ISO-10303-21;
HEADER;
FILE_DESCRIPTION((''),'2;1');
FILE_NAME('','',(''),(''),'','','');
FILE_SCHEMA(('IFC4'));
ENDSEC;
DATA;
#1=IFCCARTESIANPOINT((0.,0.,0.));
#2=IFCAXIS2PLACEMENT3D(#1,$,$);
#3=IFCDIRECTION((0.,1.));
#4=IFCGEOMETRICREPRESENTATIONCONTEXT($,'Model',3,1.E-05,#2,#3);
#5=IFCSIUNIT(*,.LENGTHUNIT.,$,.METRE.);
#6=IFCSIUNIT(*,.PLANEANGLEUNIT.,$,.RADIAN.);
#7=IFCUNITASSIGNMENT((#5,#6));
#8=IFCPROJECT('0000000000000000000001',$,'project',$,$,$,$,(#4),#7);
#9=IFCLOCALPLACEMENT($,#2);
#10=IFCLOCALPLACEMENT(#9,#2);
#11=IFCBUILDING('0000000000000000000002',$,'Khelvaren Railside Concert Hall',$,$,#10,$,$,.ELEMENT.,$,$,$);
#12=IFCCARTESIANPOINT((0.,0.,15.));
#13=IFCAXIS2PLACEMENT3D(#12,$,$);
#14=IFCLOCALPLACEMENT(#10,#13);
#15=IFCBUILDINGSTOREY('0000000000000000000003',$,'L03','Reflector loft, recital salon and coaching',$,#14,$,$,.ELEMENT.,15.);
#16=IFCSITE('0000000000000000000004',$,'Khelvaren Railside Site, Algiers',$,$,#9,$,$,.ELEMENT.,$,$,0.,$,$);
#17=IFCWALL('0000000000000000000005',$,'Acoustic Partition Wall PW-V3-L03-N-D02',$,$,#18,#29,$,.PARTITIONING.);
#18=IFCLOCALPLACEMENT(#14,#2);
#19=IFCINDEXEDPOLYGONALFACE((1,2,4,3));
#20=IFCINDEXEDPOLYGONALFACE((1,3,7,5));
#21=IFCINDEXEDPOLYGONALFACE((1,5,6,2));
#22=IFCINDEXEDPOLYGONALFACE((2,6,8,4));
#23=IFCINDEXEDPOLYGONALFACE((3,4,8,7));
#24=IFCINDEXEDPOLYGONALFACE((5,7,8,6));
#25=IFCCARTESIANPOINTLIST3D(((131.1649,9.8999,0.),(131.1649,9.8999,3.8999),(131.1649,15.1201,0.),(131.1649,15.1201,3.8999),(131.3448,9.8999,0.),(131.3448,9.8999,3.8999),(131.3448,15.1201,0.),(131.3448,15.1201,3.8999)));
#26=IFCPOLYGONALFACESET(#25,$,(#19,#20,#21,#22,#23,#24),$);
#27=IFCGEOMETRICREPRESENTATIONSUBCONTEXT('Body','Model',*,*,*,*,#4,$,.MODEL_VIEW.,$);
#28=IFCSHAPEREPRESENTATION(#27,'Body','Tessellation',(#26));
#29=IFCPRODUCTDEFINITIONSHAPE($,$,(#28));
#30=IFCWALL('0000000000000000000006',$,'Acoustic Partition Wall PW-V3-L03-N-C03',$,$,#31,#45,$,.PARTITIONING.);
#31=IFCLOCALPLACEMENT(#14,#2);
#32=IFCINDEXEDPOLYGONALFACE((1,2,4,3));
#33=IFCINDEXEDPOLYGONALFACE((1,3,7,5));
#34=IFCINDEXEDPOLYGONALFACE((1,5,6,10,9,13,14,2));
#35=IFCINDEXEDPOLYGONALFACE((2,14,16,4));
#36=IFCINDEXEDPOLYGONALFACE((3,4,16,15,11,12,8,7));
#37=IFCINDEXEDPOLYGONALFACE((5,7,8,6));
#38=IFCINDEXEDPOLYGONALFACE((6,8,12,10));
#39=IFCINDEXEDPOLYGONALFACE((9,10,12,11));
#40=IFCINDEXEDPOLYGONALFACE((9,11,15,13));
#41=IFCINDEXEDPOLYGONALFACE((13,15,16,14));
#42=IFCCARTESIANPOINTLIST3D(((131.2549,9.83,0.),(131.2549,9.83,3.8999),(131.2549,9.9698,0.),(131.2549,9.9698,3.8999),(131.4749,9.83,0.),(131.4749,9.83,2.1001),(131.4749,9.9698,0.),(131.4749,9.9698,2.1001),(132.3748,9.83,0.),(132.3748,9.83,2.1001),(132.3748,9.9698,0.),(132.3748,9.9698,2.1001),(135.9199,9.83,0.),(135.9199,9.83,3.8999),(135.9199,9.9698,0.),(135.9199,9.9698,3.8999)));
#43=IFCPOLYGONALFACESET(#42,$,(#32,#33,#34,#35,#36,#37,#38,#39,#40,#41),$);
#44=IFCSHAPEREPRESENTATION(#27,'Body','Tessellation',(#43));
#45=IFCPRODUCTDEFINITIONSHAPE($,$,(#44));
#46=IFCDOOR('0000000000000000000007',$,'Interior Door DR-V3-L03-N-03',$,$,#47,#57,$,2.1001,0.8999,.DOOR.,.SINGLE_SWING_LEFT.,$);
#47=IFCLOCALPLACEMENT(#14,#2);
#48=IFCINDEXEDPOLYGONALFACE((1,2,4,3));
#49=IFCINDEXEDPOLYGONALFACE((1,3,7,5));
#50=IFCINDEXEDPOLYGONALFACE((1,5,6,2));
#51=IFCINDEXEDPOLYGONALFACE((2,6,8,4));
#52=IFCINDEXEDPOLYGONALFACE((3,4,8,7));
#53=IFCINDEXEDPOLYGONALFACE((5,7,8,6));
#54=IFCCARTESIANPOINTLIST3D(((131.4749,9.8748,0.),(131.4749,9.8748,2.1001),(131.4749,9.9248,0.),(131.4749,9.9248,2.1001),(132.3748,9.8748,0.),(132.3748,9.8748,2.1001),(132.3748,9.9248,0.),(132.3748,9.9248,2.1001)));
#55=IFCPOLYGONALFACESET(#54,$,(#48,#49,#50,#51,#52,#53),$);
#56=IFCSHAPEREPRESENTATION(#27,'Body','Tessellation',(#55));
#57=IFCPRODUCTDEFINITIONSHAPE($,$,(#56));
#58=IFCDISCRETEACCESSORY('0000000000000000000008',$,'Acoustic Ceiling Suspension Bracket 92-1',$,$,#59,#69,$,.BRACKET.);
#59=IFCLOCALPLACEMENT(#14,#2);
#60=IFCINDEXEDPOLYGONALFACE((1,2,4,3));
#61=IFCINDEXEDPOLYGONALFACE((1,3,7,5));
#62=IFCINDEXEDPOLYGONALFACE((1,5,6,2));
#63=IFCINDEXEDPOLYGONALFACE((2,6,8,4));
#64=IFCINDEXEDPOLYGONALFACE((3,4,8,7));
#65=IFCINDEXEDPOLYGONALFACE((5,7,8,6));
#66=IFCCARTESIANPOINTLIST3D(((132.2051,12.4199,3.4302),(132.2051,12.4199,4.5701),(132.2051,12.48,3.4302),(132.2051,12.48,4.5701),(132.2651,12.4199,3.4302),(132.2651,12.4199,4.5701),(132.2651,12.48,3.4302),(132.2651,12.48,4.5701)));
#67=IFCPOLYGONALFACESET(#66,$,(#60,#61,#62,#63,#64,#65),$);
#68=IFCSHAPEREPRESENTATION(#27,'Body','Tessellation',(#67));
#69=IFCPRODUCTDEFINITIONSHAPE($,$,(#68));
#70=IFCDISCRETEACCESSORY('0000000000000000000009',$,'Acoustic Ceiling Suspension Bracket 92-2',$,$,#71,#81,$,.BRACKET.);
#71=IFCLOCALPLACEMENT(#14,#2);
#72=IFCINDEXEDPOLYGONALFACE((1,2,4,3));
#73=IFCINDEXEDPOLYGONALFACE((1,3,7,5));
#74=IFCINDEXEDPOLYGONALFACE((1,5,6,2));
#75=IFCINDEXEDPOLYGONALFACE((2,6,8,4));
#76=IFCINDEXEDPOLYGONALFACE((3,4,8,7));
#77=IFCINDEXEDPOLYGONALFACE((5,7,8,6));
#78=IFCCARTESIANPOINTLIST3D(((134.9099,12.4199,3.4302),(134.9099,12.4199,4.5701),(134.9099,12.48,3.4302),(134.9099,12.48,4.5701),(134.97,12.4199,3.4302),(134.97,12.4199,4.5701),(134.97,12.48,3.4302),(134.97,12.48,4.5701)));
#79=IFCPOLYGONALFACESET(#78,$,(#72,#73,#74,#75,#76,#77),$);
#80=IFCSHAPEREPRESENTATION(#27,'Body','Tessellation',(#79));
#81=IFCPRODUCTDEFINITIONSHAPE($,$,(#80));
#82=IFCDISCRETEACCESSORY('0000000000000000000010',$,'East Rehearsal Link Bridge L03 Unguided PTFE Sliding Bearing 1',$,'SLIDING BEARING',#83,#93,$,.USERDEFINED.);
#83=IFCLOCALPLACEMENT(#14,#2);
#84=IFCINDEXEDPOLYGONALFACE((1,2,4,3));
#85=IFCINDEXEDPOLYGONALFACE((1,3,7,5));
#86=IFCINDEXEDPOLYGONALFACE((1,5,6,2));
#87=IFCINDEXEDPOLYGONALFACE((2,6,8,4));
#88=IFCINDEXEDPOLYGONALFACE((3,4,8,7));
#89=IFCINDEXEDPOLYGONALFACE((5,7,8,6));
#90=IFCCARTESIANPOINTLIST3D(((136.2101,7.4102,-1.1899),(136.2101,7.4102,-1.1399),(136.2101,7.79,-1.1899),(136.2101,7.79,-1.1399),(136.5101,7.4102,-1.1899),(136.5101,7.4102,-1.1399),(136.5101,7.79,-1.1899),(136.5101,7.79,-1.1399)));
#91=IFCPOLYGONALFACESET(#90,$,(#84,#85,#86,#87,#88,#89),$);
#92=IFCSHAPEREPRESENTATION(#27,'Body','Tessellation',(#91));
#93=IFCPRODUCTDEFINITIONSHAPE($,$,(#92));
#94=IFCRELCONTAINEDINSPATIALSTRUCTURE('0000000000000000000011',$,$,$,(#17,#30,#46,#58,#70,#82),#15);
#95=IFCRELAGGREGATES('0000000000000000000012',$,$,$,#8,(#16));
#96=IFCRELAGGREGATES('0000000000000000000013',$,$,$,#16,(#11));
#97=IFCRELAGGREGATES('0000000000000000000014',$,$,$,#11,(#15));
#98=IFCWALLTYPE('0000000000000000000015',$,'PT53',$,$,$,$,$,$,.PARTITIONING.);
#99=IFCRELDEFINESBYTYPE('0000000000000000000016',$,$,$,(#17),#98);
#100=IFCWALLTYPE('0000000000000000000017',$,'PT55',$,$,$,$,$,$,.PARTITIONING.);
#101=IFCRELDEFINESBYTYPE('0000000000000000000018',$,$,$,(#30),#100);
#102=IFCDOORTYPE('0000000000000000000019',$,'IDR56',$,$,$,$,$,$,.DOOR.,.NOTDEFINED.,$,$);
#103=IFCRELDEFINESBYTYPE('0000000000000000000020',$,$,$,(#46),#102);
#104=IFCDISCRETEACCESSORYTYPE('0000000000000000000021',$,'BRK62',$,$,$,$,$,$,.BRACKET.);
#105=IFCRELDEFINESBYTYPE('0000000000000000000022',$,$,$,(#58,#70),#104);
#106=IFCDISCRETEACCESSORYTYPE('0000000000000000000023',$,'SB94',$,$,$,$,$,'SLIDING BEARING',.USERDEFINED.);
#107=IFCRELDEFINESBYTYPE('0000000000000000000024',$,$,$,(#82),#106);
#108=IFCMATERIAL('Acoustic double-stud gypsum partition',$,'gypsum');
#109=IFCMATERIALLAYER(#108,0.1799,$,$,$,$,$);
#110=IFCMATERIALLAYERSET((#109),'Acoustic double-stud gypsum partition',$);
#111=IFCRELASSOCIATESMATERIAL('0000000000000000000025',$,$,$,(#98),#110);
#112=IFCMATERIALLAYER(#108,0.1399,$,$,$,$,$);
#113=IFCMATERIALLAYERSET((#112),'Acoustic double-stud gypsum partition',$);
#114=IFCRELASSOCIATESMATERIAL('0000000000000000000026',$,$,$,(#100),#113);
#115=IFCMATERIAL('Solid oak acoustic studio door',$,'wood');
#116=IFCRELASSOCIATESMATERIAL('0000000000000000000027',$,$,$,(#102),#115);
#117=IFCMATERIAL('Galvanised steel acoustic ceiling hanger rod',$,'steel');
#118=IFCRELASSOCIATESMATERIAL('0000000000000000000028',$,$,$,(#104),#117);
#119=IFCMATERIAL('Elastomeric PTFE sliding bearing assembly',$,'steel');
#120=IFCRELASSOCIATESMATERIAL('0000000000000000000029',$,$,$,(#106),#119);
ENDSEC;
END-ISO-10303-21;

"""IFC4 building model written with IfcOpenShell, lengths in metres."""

from ifc_helpers import new_model, si_unit, direction, frame, frame_2d, origin, origin_2d, place, context, subcontext, project, spatial, rectangle, extrude, material, layer, layer_set, type_object, element, fill, save


model = new_model("IFC4")

# Units and contexts
model_context = context("Model", 3, precision=1e-05, world=origin(), true_north=direction((0.0, 1.0)))
body_context = subcontext(model_context, "Body", "Model", "MODEL_VIEW")
ifc_project = project(units=[si_unit("LENGTHUNIT", "METRE"), si_unit("PLANEANGLEUNIT", "RADIAN")], contexts=[model_context])

# Site, building, storey
site_placement = place(None, origin())
site = spatial("IfcSite", under=ifc_project, at=site_placement, Name="Khelvaren Railside Site, Algiers", CompositionType="ELEMENT", RefElevation=0.0)
building_placement = place(site_placement, origin())
building = spatial("IfcBuilding", under=site, at=building_placement, Name="Khelvaren Railside Concert Hall", CompositionType="ELEMENT")
storey_placement = place(building_placement, frame((0.0, 0.0, 15.0)))
storey = spatial("IfcBuildingStorey", under=building, at=storey_placement, Name="L03", Description="Reflector loft, recital salon and coaching", CompositionType="ELEMENT", Elevation=15.0)

# Wall
ifc_material_1 = material(Name="Acoustic double-stud gypsum partition", Category="gypsum")
ifc_layer_1 = layer(ifc_material_1, 0.1799)
ifc_layer_set_1 = layer_set([ifc_layer_1], Name="Acoustic double-stud gypsum partition")
wall_type_1 = type_object("IfcWallType", Name="PT53", PredefinedType="PARTITIONING", material=ifc_layer_set_1)
wall_1_placement = place(storey_placement, frame((131.2549, 9.8999, 0.0), z_axis=(0.0, 0.0, 1.0), x_axis=(0.0, 1.0, 0.0)))
element("IfcWall", 1, at=wall_1_placement, inside=storey, type_object=wall_type_1, Name="Acoustic Partition Wall PW-V3-L03-N-D02", PredefinedType="PARTITIONING", context=body_context, shape_type="SweptSolid", body=[
    extrude(rectangle(XDim=5.2202, YDim=0.1799, at=frame_2d((2.6101, 0.0))), origin(), (0.0, 0.0, 1.0), 3.8999),
])

# Wall, opening, door
ifc_layer_2 = layer(ifc_material_1, 0.1399)
ifc_layer_set_2 = layer_set([ifc_layer_2], Name="Acoustic double-stud gypsum partition")
wall_type_2 = type_object("IfcWallType", Name="PT55", PredefinedType="PARTITIONING", material=ifc_layer_set_2)
wall_2_placement = place(storey_placement, frame((131.2549, 9.8999, 0.0), z_axis=(0.0, 0.0, 1.0), x_axis=(1.0, 0.0, 0.0)))
wall_2 = element("IfcWall", 2, at=wall_2_placement, inside=storey, type_object=wall_type_2, Name="Acoustic Partition Wall PW-V3-L03-N-C03", PredefinedType="PARTITIONING", context=body_context, shape_type="SweptSolid", body=[
    extrude(rectangle(XDim=4.665, YDim=0.1399, at=frame_2d((2.3325, 0.0))), origin(), (0.0, 0.0, 1.0), 3.8999),
])
opening_1_placement = place(wall_2_placement, frame((0.22, 0.0, 0.0)))
opening_1 = element("IfcOpeningElement", 3, at=opening_1_placement, cuts=wall_2, PredefinedType="OPENING", context=body_context, shape_type="SweptSolid", body=[
    extrude(rectangle(XDim=0.8999, YDim=2.1001, at=frame_2d((0.45, 1.05))), frame((0.0, 0.0798, 0.0), z_axis=(0.0, -1.0, 0.0), x_axis=(1.0, 0.0, 0.0)), (0.0, 0.0, 1.0), 0.1599),
])
ifc_material_2 = material(Name="Solid oak acoustic studio door", Category="wood")
door_type = type_object("IfcDoorType", Name="IDR56", OperationType="NOTDEFINED", PredefinedType="DOOR", material=ifc_material_2)
door_placement = place(opening_1_placement, origin())
door = element("IfcDoor", 4, at=door_placement, inside=storey, type_object=door_type, Name="Interior Door DR-V3-L03-N-03", OperationType="SINGLE_SWING_LEFT", OverallHeight=2.1001, OverallWidth=0.8999, PredefinedType="DOOR", context=body_context, shape_type="SweptSolid", body=[
    extrude(rectangle(XDim=0.8999, YDim=2.1001, at=frame_2d((0.45, 1.05))), frame((0.0, 0.0249, 0.0), z_axis=(0.0, -1.0, 0.0), x_axis=(1.0, 0.0, 0.0)), (0.0, 0.0, 1.0), 0.05),
])
fill(opening_1, door)

# Discrete accessories
ifc_material_3 = material(Name="Galvanised steel acoustic ceiling hanger rod", Category="steel")
discrete_accessory_type_1 = type_object("IfcDiscreteAccessoryType", Name="BRK62", PredefinedType="BRACKET", material=ifc_material_3)
for number, where, z_axis, x_axis, name in (
    (5, (132.2351, 12.45, 3.4302), (0.0, 0.0, 1.0), (1.0, 0.0, 0.0), "Acoustic Ceiling Suspension Bracket 92-1"),
    (6, (134.9399, 12.45, 3.4302), (0.0, 0.0, 1.0), (1.0, 0.0, 0.0), "Acoustic Ceiling Suspension Bracket 92-2"),
):
    element("IfcDiscreteAccessory", number, at=place(storey_placement, frame(where, z_axis=z_axis, x_axis=x_axis)), inside=storey, type_object=discrete_accessory_type_1, Name=name, PredefinedType="BRACKET", context=body_context, shape_type="SweptSolid", body=[
        extrude(rectangle(XDim=0.0601, YDim=0.0601, at=origin_2d()), origin(), (0.0, 0.0, 1.0), 1.1399),
    ])
ifc_material_4 = material(Name="Elastomeric PTFE sliding bearing assembly", Category="steel")
discrete_accessory_type_2 = type_object("IfcDiscreteAccessoryType", Name="SB94", ElementType="SLIDING BEARING", PredefinedType="USERDEFINED", material=ifc_material_4)
discrete_accessory_placement = place(storey_placement, frame((136.3601, 7.6001, -1.1899), z_axis=(0.0, 0.0, 1.0), x_axis=(1.0, 0.0, 0.0)))
element("IfcDiscreteAccessory", 7, at=discrete_accessory_placement, inside=storey, type_object=discrete_accessory_type_2, Name="East Rehearsal Link Bridge L03 Unguided PTFE Sliding Bearing 1", ObjectType="SLIDING BEARING", PredefinedType="USERDEFINED", context=body_context, shape_type="SweptSolid", body=[
    extrude(rectangle(XDim=0.3, YDim=0.3799, at=origin_2d()), origin(), (0.0, 0.0, 1.0), 0.05),
])

save(model, "model.ifc")
